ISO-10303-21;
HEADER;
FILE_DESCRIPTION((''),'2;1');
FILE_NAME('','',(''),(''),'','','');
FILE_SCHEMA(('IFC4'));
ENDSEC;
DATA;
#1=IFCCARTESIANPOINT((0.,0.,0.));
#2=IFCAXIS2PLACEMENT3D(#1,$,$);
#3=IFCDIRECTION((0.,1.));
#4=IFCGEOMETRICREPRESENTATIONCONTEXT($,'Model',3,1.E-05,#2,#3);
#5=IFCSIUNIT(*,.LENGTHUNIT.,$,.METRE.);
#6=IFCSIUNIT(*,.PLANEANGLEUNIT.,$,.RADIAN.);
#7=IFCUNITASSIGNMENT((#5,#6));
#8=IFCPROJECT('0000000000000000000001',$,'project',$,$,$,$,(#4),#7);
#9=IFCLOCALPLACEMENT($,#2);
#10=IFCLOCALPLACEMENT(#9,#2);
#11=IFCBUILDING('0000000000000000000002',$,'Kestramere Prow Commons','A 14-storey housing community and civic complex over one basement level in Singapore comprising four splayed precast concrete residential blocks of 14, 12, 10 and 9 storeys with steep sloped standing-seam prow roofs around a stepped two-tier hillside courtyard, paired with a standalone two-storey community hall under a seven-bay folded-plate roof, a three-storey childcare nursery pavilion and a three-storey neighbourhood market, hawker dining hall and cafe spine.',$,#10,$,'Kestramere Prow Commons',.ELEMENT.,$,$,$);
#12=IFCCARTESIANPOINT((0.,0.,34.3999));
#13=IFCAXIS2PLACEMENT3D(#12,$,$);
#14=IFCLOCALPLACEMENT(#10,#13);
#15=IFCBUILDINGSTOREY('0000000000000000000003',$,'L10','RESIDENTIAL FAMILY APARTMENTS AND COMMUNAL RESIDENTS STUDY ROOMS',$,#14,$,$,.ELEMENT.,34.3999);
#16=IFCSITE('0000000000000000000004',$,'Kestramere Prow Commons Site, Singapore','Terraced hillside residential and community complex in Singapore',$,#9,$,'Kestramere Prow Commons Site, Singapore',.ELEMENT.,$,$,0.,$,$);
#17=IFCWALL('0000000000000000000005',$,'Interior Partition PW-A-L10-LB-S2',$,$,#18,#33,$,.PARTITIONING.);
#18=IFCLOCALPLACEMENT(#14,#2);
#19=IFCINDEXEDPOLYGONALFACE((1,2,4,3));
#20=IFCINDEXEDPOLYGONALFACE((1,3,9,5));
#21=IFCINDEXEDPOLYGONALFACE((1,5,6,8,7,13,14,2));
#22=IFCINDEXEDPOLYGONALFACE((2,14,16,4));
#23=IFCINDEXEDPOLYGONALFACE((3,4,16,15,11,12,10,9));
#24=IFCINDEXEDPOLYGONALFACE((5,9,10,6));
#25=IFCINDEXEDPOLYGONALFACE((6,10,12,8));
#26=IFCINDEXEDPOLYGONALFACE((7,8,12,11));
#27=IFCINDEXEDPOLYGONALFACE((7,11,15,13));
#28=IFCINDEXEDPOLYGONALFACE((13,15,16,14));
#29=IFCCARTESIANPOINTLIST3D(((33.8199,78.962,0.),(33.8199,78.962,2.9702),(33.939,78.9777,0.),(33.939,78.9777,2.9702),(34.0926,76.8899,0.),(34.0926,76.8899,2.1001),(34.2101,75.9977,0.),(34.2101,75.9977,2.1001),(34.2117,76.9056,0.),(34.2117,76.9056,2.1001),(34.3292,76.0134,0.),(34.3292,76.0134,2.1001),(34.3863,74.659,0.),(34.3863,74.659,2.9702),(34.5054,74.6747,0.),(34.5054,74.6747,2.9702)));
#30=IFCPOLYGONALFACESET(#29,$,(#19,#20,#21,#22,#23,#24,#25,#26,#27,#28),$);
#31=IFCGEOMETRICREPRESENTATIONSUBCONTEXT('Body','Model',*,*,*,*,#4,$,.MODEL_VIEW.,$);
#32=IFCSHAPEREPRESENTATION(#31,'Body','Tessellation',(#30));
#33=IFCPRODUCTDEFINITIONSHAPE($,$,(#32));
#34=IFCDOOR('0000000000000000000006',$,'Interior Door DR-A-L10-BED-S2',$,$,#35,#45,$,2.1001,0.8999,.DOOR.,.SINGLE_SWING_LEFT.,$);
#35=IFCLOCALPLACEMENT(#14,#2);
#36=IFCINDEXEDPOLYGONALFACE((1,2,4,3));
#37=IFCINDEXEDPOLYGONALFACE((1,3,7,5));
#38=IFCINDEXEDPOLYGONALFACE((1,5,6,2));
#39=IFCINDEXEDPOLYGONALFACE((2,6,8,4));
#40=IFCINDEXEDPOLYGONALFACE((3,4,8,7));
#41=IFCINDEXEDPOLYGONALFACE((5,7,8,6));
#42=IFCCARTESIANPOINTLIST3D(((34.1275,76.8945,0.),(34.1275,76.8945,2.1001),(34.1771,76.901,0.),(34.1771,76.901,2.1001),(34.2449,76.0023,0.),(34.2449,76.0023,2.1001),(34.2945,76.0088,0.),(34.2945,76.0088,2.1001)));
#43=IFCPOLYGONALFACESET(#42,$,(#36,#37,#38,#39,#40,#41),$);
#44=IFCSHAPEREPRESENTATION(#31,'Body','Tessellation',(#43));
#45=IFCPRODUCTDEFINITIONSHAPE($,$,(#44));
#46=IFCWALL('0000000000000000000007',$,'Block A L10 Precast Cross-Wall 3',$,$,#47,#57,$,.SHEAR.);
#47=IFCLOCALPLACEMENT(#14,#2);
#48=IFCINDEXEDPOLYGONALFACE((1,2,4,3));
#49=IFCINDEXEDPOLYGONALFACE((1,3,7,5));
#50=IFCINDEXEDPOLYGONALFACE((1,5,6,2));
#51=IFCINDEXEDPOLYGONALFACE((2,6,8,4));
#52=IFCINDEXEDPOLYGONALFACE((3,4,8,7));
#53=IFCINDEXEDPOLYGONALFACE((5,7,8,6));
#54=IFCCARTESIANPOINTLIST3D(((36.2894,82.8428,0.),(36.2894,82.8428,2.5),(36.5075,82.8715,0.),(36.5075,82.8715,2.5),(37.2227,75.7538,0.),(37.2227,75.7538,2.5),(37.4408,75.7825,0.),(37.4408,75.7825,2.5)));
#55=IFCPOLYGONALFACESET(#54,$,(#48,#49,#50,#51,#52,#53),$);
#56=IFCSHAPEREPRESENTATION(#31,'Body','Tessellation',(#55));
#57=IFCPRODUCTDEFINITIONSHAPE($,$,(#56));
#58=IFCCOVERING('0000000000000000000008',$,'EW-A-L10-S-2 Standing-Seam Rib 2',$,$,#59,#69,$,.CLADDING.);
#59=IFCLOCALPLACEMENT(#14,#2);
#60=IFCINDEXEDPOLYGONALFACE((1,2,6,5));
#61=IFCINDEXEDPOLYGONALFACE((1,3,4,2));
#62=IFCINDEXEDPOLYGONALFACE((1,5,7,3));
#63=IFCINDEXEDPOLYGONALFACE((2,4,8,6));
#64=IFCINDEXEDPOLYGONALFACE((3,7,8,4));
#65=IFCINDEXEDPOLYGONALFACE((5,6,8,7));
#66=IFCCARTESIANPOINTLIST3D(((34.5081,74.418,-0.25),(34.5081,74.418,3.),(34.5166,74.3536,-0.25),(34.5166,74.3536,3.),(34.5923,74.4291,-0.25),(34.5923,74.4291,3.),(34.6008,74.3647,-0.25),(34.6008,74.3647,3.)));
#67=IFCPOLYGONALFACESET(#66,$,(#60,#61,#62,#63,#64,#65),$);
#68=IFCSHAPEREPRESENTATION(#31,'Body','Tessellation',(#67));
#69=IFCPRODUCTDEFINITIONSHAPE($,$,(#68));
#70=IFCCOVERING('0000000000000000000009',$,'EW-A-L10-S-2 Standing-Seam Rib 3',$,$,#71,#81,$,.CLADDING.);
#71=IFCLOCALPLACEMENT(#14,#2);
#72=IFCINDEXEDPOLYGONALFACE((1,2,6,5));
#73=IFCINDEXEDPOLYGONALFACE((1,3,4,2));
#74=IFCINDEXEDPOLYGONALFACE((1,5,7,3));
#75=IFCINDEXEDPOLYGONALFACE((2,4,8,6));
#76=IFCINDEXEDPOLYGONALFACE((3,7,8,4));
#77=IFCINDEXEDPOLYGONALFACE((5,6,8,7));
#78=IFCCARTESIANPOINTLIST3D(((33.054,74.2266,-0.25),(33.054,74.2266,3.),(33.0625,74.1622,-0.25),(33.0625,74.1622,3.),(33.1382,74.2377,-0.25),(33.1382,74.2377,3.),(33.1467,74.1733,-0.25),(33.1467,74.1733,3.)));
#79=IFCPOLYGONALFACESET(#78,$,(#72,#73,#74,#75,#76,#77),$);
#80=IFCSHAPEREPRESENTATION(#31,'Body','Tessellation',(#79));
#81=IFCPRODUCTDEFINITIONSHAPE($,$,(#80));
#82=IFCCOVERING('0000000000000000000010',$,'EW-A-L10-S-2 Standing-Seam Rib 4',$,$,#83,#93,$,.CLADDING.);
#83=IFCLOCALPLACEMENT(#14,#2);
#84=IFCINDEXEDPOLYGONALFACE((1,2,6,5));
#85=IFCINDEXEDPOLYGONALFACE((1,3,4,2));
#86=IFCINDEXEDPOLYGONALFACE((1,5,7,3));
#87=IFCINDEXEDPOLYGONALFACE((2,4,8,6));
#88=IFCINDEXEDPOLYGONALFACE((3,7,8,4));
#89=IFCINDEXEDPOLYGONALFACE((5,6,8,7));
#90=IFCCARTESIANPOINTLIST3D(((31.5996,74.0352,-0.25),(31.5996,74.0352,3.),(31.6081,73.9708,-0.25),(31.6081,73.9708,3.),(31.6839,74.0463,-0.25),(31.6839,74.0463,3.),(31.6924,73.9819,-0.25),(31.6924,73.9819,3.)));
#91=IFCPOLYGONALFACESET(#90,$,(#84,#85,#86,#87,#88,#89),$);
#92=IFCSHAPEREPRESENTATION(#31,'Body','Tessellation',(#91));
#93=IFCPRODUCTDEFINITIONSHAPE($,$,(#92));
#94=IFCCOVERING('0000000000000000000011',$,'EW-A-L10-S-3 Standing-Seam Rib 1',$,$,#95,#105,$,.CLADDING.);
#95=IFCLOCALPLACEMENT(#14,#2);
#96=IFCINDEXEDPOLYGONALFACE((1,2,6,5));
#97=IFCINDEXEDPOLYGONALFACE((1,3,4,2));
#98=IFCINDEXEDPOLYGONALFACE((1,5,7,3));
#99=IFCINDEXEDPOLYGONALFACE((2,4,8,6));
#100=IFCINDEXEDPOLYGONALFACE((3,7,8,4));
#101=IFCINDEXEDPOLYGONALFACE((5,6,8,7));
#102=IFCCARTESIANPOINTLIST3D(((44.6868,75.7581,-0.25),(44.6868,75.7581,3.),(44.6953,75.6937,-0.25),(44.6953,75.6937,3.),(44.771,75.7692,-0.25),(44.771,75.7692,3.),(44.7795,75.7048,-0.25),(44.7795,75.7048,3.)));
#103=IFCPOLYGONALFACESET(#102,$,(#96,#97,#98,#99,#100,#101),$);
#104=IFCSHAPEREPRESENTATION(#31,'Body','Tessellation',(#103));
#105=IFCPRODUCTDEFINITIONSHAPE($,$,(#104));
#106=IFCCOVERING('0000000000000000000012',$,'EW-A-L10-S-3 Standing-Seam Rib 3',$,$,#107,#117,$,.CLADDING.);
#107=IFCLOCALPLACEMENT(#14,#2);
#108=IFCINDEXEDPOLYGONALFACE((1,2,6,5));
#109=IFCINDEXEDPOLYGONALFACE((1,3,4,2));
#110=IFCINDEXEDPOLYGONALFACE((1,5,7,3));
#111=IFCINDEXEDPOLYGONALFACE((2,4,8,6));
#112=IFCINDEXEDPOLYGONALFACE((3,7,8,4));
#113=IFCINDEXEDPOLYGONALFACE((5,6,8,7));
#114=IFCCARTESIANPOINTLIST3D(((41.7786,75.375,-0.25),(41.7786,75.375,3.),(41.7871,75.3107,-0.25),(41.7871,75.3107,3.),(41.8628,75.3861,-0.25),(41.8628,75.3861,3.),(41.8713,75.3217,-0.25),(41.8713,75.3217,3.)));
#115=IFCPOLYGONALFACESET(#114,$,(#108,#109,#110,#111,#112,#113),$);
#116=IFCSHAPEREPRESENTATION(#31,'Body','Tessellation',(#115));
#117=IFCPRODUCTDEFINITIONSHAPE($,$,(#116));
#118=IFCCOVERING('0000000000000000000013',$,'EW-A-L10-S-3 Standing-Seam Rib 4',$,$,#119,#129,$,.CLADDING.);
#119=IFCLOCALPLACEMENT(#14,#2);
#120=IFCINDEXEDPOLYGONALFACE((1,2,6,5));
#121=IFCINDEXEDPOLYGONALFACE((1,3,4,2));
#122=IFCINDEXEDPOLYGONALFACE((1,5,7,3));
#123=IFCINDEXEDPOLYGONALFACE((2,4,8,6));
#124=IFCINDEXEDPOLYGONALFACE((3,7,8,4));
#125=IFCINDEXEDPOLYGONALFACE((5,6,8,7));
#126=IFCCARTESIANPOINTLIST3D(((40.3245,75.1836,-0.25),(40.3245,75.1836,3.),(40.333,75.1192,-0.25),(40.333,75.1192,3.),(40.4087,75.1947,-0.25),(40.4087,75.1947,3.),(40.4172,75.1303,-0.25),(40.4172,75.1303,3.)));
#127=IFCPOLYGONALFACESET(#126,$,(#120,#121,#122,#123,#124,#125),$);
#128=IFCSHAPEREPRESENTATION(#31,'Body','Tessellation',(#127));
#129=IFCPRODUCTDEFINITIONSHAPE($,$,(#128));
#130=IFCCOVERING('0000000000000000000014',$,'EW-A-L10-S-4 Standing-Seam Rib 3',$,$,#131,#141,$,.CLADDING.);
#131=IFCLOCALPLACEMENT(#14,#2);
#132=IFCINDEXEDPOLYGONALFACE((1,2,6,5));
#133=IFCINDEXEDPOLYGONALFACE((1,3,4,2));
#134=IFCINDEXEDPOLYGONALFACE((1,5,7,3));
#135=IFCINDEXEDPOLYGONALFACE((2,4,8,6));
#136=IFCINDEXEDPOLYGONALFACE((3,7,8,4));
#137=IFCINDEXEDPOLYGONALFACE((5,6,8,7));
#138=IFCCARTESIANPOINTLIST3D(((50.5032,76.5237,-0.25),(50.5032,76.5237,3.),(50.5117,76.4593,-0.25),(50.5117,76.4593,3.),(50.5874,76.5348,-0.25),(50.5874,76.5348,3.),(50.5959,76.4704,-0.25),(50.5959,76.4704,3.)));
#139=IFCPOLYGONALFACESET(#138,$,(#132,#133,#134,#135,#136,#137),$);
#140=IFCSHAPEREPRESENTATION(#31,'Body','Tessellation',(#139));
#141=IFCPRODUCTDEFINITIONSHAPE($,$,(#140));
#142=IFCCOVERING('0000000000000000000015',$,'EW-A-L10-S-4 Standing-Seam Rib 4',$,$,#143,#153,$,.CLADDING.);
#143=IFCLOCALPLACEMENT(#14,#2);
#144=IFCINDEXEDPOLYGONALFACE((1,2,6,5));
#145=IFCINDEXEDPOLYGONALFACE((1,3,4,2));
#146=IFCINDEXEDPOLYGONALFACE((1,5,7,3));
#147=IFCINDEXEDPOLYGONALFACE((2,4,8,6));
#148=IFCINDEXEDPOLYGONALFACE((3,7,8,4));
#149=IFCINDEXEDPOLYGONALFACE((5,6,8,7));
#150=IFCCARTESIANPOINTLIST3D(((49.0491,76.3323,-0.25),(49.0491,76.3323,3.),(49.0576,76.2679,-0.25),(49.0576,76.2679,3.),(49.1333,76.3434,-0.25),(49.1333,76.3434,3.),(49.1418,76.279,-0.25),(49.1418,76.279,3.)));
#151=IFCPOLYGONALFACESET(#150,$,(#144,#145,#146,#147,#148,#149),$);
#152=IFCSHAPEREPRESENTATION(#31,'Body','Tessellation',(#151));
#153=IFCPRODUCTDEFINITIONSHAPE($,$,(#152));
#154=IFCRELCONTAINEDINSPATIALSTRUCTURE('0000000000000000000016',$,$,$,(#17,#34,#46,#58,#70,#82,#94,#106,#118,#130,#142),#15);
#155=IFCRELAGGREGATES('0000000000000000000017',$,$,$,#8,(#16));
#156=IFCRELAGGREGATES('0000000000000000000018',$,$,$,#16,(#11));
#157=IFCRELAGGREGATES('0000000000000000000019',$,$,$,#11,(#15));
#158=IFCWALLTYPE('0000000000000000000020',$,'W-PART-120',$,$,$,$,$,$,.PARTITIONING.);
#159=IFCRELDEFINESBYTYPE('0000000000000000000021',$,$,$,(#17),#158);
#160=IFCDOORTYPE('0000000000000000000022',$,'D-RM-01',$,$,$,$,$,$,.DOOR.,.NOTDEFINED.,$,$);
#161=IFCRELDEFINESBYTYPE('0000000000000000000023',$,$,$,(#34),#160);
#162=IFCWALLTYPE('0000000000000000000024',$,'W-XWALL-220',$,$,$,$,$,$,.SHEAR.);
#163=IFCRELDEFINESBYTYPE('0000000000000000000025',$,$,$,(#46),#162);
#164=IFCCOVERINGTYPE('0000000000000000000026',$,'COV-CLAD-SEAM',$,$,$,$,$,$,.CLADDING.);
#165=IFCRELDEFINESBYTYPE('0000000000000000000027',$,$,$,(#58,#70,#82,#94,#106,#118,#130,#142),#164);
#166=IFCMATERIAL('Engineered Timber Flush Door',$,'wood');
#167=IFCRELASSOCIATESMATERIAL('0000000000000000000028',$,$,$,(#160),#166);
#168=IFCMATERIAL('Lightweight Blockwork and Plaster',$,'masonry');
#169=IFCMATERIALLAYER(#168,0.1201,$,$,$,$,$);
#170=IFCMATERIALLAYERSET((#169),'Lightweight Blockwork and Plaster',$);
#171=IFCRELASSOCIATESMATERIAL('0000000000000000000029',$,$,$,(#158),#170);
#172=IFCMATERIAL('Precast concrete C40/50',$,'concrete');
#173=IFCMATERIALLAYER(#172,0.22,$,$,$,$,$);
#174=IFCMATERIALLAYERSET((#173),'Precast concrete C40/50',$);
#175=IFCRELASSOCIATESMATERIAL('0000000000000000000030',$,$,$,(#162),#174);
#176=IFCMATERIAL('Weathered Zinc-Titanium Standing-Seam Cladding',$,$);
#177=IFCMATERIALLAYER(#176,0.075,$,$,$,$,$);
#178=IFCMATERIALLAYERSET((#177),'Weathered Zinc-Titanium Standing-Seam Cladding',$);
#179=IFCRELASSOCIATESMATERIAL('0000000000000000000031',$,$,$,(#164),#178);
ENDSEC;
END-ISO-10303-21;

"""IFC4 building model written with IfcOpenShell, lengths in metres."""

from ifc_helpers import new_model, si_unit, direction, frame, frame_2d, origin, origin_2d, place, context, subcontext, project, spatial, rectangle, extrude, material, layer, layer_set, type_object, element, fill, save


model = new_model("IFC4")

# Units and contexts
model_context = context("Model", 3, precision=1e-05, world=origin(), true_north=direction((0.0, 1.0)))
body_context = subcontext(model_context, "Body", "Model", "MODEL_VIEW")
ifc_project = project(units=[si_unit("LENGTHUNIT", "METRE"), si_unit("PLANEANGLEUNIT", "RADIAN")], contexts=[model_context])

# Site, building, storey
site_placement = place(None, origin())
site = spatial("IfcSite", under=ifc_project, at=site_placement, Name="Kestramere Prow Commons Site, Singapore", Description="Terraced hillside residential and community complex in Singapore", LongName="Kestramere Prow Commons Site, Singapore", CompositionType="ELEMENT", RefElevation=0.0)
building_placement = place(site_placement, origin())
building = spatial("IfcBuilding", under=site, at=building_placement, Name="Kestramere Prow Commons", Description="A 14-storey housing community and civic complex over one basement level in Singapore comprising four splayed precast concrete residential blocks of 14, 12, 10 and 9 storeys with steep sloped standing-seam prow roofs around a stepped two-tier hillside courtyard, paired with a standalone two-storey community hall under a seven-bay folded-plate roof, a three-storey childcare nursery pavilion and a three-storey neighbourhood market, hawker dining hall and cafe spine.", LongName="Kestramere Prow Commons", CompositionType="ELEMENT")
storey_placement = place(building_placement, frame((0.0, 0.0, 34.3999)))
storey = spatial("IfcBuildingStorey", under=building, at=storey_placement, Name="L10", Description="RESIDENTIAL FAMILY APARTMENTS AND COMMUNAL RESIDENTS STUDY ROOMS", CompositionType="ELEMENT", Elevation=34.3999)

# Shared definitions
ifc_material_1 = material(Name="Precast concrete C40/50", Category="concrete")

# Wall, opening, door
ifc_material_2 = material(Name="Engineered Timber Flush Door", Category="wood")
door_type_1 = type_object("IfcDoorType", Name="D-RM-01", OperationType="NOTDEFINED", PredefinedType="DOOR", material=ifc_material_2)
ifc_material_3 = material(Name="Lightweight Blockwork and Plaster", Category="masonry")
ifc_layer_1 = layer(ifc_material_3, 0.1201)
ifc_layer_set_1 = layer_set([ifc_layer_1], Name="Lightweight Blockwork and Plaster")
wall_type_1 = type_object("IfcWallType", Name="W-PART-120", PredefinedType="PARTITIONING", material=ifc_layer_set_1)
wall_1_placement = place(storey_placement, frame((34.4458, 74.667, 0.0), z_axis=(0.0, 0.0, 1.0), x_axis=(-0.130505, 0.991448, 0.0)))
wall_1 = element("IfcWall", 1, at=wall_1_placement, inside=storey, type_object=wall_type_1, Name="Interior Partition PW-A-L10-LB-S2", PredefinedType="PARTITIONING", context=body_context, shape_type="SweptSolid", body=[
    extrude(rectangle(XDim=4.3401, YDim=0.1201, at=frame_2d((2.1699, 0.0))), origin(), (0.0, 0.0, 1.0), 2.9702),
])
opening_1_placement = place(wall_1_placement, frame((1.3501, 0.0, 0.0)))
opening_1 = element("IfcOpeningElement", 2, at=opening_1_placement, cuts=wall_1, PredefinedType="OPENING", context=body_context, shape_type="SweptSolid", body=[
    extrude(rectangle(XDim=0.8999, YDim=2.1001, at=frame_2d((0.45, 1.05))), frame((0.0, 0.075, 0.0), z_axis=(0.0, -1.0, 0.0), x_axis=(1.0, 0.0, 0.0)), (0.0, 0.0, 1.0), 0.1501),
])
door_1_placement = place(opening_1_placement, origin())
door_1 = element("IfcDoor", 3, at=door_1_placement, inside=storey, type_object=door_type_1, Name="Interior Door DR-A-L10-BED-S2", OperationType="SINGLE_SWING_LEFT", OverallHeight=2.1001, OverallWidth=0.8999, PredefinedType="DOOR", context=body_context, shape_type="SweptSolid", body=[
    extrude(rectangle(XDim=0.8999, YDim=2.1001, at=frame_2d((0.45, 1.05))), frame((0.0, 0.0249, 0.0), z_axis=(0.0, -1.0, 0.0), x_axis=(1.0, 0.0, 0.0)), (0.0, 0.0, 1.0), 0.05),
])
fill(opening_1, door_1)

# Wall
ifc_layer_2 = layer(ifc_material_1, 0.22)
ifc_layer_set_2 = layer_set([ifc_layer_2], Name="Precast concrete C40/50")
wall_type_2 = type_object("IfcWallType", Name="W-XWALL-220", PredefinedType="SHEAR", material=ifc_layer_set_2)
wall_2_placement = place(storey_placement, frame((37.3318, 75.7681, 0.0), z_axis=(0.0, 0.0, 1.0), x_axis=(-0.130538, 0.991443, 0.0)))
element("IfcWall", 4, at=wall_2_placement, inside=storey, type_object=wall_type_2, Name="Block A L10 Precast Cross-Wall 3", PredefinedType="SHEAR", context=body_context, shape_type="SweptSolid", body=[
    extrude(rectangle(XDim=7.1501, YDim=0.22, at=frame_2d((3.5752, 0.0))), origin(), (0.0, 0.0, 1.0), 2.5),
])

# Coverings
ifc_material_4 = material(Name="Weathered Zinc-Titanium Standing-Seam Cladding")
ifc_layer_3 = layer(ifc_material_4, 0.075)
ifc_layer_set_3 = layer_set([ifc_layer_3], Name="Weathered Zinc-Titanium Standing-Seam Cladding")
covering_type = type_object("IfcCoveringType", Name="COV-CLAD-SEAM", PredefinedType="CLADDING", material=ifc_layer_set_3)
for number, where, z_axis, x_axis, name in (
    (5, (34.5544, 74.3914, -0.25), (0.0, 0.0, 1.0), (-0.991445, -0.130526, 0.0), "EW-A-L10-S-2 Standing-Seam Rib 2"),
    (6, (33.1003, 74.2, -0.25), (0.0, 0.0, 1.0), (-0.991445, -0.130526, 0.0), "EW-A-L10-S-2 Standing-Seam Rib 3"),
    (7, (31.646, 74.0085, -0.25), (0.0, 0.0, 1.0), (-0.991445, -0.130526, 0.0), "EW-A-L10-S-2 Standing-Seam Rib 4"),
    (8, (44.7332, 75.7314, -0.25), (0.0, 0.0, 1.0), (-0.991445, -0.130526, 0.0), "EW-A-L10-S-3 Standing-Seam Rib 1"),
    (9, (41.825, 75.3484, -0.25), (0.0, 0.0, 1.0), (-0.991445, -0.130526, 0.0), "EW-A-L10-S-3 Standing-Seam Rib 3"),
    (10, (40.3708, 75.157, -0.25), (0.0, 0.0, 1.0), (-0.991445, -0.130526, 0.0), "EW-A-L10-S-3 Standing-Seam Rib 4"),
    (11, (50.5496, 76.4971, -0.25), (0.0, 0.0, 1.0), (-0.991445, -0.130526, 0.0), "EW-A-L10-S-4 Standing-Seam Rib 3"),
    (12, (49.0955, 76.3057, -0.25), (0.0, 0.0, 1.0), (-0.991445, -0.130526, 0.0), "EW-A-L10-S-4 Standing-Seam Rib 4"),
):
    element("IfcCovering", number, at=place(storey_placement, frame(where, z_axis=z_axis, x_axis=x_axis)), inside=storey, type_object=covering_type, Name=name, PredefinedType="CLADDING", context=body_context, shape_type="SweptSolid", body=[
        extrude(rectangle(XDim=0.085, YDim=0.0649, at=origin_2d()), origin(), (0.0, 0.0, 1.0), 3.25),
    ])

save(model, "model.ifc")
